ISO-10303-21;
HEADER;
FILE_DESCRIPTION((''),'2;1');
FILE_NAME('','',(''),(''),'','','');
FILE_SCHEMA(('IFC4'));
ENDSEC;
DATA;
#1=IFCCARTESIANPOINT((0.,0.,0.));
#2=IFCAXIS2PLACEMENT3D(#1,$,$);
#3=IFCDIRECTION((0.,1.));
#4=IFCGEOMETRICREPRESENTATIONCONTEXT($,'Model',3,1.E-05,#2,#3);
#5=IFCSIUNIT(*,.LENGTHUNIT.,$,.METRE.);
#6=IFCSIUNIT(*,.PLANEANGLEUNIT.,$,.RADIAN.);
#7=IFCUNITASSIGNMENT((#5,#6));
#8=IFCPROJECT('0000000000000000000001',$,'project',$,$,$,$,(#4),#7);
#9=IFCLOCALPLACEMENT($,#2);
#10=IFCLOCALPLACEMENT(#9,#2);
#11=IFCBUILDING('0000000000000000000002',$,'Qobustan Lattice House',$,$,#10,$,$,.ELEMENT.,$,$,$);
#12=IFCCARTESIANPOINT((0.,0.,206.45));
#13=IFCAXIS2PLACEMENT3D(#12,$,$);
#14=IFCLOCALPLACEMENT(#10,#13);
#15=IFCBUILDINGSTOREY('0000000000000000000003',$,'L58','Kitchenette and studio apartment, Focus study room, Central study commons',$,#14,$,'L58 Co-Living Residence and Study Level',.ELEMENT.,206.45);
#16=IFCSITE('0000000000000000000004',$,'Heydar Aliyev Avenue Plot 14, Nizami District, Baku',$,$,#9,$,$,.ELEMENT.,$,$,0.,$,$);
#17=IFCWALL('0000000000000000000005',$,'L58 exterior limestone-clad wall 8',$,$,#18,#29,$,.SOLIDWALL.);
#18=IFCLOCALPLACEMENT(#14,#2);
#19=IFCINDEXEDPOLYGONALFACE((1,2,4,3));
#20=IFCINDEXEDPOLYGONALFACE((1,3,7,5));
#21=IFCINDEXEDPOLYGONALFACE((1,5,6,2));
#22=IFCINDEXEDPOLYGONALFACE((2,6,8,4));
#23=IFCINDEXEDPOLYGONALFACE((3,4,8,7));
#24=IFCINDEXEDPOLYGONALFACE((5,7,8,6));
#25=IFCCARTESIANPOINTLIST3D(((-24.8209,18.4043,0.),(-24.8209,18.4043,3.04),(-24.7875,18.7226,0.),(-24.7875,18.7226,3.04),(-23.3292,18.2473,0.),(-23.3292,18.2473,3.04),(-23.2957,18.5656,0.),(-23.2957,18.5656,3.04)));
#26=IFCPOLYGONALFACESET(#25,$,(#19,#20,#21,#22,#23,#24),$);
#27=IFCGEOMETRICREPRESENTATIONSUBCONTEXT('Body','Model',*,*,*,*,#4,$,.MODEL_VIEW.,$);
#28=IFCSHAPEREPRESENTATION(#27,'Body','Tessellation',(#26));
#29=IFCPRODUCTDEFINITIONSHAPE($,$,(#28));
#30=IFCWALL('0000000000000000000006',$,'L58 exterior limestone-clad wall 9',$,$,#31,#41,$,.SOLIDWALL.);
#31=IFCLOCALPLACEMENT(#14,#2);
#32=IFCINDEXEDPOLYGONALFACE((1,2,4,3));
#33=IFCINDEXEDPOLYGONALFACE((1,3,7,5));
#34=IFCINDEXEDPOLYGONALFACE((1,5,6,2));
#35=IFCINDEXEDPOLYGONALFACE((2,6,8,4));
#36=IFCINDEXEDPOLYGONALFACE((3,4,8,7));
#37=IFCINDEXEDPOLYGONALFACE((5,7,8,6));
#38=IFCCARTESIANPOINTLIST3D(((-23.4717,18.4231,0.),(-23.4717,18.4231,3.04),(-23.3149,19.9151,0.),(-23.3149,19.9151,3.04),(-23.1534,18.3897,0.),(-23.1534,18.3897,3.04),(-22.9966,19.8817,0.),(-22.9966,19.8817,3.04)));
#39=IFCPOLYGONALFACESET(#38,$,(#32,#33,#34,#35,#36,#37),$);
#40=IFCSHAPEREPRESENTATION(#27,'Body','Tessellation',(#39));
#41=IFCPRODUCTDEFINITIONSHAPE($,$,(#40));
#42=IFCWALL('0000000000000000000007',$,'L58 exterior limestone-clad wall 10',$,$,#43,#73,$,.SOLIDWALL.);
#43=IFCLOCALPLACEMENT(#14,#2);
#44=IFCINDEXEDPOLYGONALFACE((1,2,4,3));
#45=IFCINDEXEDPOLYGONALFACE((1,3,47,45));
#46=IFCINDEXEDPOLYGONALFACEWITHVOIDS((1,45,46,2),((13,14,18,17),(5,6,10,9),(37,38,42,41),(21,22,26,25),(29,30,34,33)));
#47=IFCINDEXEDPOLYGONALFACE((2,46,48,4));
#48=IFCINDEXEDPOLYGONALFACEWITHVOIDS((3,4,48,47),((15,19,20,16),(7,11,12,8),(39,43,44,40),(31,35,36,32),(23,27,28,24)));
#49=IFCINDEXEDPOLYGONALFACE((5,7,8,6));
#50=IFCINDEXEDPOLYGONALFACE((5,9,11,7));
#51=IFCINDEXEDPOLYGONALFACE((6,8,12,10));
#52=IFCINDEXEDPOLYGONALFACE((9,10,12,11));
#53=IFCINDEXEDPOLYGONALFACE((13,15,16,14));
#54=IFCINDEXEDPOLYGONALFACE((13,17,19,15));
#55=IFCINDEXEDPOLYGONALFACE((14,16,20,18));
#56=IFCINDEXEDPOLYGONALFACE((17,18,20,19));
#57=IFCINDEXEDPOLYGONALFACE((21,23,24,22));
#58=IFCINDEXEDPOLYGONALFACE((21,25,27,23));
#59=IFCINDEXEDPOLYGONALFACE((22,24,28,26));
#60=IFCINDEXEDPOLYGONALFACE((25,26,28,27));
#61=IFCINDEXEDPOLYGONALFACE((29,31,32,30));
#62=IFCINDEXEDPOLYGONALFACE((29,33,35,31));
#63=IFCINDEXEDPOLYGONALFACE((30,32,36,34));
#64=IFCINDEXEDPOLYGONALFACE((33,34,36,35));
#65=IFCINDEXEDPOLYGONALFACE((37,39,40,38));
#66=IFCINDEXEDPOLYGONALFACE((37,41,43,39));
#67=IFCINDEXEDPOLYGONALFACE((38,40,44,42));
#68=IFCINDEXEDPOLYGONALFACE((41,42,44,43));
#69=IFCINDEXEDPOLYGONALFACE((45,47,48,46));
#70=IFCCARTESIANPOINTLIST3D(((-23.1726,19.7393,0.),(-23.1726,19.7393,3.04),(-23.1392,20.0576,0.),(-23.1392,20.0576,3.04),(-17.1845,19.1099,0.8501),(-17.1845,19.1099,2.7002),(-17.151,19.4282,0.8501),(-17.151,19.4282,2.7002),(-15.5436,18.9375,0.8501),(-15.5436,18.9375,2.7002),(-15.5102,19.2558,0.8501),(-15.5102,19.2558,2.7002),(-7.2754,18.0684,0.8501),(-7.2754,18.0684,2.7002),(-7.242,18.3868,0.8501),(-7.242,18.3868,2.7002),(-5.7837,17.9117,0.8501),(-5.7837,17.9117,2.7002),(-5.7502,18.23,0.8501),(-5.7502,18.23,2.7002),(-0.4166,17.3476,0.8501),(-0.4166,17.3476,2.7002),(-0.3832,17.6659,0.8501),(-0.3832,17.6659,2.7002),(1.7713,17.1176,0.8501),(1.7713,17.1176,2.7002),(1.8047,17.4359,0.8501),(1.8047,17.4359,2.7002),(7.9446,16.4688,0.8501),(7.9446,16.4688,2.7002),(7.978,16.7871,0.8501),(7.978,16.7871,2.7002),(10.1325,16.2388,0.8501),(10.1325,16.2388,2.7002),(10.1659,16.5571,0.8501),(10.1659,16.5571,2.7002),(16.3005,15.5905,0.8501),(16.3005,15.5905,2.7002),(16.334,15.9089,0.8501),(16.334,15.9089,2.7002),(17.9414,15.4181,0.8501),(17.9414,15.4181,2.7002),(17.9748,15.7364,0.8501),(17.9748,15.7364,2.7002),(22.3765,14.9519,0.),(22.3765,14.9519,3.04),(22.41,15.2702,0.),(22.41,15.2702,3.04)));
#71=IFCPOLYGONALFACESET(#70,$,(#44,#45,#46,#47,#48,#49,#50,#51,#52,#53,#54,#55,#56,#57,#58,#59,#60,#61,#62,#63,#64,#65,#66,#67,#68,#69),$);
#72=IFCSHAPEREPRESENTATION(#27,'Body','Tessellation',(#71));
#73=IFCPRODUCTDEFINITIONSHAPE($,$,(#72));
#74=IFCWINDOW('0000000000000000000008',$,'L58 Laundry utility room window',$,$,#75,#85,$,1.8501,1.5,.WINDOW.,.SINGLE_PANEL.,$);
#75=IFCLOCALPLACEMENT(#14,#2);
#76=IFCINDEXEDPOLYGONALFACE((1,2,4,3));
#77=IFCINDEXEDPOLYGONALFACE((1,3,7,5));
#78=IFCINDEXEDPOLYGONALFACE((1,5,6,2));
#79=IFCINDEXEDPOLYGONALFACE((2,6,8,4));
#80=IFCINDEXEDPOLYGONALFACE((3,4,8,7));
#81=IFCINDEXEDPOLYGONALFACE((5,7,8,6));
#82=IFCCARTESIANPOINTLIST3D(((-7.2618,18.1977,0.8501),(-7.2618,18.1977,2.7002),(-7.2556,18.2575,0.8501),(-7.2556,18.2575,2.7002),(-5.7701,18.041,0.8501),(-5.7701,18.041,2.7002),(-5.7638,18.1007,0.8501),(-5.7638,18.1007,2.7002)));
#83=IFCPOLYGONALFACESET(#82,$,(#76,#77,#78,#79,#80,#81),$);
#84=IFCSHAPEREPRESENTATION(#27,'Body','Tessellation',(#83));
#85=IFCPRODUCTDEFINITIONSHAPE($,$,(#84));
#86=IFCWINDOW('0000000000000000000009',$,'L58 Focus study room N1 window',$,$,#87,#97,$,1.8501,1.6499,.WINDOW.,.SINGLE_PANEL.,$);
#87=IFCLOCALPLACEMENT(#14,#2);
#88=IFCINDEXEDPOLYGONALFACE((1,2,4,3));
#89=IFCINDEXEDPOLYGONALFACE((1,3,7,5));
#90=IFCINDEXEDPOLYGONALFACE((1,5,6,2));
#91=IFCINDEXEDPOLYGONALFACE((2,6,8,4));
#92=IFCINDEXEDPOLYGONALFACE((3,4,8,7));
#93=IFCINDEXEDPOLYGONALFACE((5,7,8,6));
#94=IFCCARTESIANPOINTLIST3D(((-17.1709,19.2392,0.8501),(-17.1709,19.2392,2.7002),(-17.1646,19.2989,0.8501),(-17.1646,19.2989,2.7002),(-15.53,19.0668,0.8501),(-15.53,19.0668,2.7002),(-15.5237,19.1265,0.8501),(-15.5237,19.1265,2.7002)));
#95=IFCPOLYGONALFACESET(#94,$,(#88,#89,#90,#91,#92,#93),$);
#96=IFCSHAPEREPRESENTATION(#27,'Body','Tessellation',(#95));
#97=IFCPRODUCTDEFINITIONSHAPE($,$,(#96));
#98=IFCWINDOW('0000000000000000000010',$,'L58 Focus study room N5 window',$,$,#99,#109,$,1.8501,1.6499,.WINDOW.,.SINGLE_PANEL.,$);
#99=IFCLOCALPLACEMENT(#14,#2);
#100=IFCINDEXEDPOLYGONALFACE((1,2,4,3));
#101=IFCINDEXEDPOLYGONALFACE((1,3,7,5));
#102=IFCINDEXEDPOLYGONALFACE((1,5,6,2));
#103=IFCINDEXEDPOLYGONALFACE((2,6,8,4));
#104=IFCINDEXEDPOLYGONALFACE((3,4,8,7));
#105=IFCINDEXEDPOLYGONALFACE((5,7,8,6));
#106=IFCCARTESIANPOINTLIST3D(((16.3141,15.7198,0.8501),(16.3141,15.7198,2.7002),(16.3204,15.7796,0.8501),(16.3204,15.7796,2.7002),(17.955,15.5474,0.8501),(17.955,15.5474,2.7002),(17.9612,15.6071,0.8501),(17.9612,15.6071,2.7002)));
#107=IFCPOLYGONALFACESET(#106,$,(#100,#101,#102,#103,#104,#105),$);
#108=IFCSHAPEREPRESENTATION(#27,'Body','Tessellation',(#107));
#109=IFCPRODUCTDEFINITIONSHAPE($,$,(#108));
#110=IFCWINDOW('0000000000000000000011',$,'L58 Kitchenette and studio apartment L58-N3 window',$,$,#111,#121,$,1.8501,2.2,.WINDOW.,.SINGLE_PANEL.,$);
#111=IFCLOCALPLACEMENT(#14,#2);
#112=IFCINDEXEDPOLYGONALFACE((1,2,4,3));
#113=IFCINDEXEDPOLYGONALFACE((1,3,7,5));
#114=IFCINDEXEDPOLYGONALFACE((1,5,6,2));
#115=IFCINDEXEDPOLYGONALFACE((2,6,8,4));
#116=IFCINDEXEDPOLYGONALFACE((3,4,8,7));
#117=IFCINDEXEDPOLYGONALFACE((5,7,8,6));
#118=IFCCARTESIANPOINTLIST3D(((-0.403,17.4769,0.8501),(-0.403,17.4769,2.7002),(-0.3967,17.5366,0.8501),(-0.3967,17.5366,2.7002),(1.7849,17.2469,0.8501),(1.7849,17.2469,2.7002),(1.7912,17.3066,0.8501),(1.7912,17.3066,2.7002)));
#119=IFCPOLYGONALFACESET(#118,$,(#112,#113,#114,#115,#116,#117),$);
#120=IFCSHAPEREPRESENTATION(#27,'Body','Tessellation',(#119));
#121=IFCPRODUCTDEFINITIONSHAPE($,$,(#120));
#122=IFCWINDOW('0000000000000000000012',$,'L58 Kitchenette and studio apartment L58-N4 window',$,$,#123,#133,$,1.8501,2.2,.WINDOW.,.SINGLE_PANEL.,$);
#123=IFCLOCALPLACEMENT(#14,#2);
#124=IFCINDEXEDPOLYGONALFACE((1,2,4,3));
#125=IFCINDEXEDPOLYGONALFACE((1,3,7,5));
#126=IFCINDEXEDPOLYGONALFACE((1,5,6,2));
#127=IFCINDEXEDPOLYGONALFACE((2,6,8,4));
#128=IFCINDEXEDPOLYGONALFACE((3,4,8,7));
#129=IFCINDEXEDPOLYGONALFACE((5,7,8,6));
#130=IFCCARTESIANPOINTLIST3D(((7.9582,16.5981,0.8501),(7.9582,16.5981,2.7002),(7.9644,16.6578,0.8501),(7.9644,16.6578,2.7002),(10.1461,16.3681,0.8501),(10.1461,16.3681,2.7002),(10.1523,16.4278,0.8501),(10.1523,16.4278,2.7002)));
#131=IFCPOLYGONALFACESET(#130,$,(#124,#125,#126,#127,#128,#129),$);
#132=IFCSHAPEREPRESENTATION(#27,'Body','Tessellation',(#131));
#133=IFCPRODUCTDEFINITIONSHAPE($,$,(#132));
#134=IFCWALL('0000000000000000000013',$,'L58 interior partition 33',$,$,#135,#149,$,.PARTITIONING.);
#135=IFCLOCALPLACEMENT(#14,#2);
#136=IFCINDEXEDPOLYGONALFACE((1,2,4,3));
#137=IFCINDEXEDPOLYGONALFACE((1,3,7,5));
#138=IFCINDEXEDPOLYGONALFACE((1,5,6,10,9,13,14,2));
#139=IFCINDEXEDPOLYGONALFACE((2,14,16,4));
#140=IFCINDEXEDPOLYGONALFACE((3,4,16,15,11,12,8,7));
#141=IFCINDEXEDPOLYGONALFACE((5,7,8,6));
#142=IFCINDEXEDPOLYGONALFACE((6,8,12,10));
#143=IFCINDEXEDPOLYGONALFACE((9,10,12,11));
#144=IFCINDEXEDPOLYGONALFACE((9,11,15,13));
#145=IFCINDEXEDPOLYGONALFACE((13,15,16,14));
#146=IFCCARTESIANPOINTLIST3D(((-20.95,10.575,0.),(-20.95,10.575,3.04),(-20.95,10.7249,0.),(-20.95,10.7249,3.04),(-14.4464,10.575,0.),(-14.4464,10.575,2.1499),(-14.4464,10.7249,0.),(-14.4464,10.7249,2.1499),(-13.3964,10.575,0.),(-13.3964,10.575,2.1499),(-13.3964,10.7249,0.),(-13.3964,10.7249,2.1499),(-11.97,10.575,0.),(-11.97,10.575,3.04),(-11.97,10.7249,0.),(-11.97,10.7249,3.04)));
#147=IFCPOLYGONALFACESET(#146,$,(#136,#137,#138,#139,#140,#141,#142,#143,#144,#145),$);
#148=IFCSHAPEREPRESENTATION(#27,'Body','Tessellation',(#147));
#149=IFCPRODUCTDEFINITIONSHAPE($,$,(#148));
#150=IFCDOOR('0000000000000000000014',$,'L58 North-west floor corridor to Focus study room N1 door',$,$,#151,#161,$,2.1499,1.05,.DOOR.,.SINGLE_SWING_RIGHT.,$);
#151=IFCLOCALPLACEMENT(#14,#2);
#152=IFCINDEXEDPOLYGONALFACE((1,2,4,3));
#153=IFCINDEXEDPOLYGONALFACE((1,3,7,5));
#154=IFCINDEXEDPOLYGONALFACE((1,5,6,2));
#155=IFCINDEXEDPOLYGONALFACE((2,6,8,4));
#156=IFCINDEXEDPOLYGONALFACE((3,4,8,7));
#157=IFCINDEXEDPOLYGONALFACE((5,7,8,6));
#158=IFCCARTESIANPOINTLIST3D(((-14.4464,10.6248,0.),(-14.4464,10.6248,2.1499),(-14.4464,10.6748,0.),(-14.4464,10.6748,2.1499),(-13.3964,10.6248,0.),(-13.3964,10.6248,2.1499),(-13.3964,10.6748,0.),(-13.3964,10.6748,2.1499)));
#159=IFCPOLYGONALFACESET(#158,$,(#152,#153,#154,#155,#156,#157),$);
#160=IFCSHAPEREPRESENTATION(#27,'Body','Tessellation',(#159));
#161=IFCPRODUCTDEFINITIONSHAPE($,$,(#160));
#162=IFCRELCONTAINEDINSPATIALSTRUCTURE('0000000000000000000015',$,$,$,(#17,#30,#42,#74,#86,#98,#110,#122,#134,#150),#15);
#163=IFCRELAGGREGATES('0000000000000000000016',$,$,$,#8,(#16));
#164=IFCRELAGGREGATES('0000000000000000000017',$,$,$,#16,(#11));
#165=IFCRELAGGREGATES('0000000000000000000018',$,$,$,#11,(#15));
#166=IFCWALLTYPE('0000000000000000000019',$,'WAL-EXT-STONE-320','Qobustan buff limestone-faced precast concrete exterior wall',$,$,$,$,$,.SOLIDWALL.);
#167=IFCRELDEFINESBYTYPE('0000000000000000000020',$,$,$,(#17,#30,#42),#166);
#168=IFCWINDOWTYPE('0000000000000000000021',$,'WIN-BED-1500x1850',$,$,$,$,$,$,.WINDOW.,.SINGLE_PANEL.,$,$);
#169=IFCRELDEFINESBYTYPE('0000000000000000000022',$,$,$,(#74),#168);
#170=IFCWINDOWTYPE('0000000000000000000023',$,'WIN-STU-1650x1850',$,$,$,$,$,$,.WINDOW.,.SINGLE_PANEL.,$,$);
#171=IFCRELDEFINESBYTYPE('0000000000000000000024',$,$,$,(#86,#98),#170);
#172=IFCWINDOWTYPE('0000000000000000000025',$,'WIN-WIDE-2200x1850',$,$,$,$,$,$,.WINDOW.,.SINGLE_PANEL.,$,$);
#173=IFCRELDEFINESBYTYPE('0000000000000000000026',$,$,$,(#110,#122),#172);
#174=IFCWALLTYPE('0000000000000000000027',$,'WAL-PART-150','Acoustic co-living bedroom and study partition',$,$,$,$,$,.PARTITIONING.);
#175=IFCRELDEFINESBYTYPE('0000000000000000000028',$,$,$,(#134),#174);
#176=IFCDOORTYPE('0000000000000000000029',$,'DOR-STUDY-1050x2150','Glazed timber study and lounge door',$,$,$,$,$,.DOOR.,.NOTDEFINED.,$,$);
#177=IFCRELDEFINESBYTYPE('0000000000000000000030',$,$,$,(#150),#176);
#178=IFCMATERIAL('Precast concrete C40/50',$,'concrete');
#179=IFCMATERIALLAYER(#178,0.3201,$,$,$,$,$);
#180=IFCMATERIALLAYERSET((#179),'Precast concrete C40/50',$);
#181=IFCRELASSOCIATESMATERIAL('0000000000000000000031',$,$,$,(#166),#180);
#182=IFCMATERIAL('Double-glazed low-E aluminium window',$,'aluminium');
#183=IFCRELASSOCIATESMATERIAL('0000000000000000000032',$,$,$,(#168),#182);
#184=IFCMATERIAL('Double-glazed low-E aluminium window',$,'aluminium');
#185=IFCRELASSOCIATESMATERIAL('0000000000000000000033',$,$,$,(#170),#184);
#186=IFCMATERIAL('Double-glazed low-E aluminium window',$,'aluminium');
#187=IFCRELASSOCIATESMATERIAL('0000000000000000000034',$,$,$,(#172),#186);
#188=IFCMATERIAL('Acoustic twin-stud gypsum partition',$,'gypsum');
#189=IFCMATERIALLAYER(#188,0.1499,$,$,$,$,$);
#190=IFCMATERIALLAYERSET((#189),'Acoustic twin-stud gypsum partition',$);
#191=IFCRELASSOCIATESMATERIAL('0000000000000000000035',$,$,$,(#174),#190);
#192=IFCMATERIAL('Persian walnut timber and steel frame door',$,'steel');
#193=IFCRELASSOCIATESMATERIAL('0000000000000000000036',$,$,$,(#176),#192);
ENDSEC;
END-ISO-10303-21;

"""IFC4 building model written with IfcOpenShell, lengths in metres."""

from ifc_helpers import new_model, si_unit, direction, frame, frame_2d, origin, place, context, subcontext, project, spatial, rectangle, extrude, material, layer, layer_set, type_object, element, fill, save


model = new_model("IFC4")

# Units and contexts
model_context = context("Model", 3, precision=1e-05, world=origin(), true_north=direction((0.0, 1.0)))
body_context = subcontext(model_context, "Body", "Model", "MODEL_VIEW")
ifc_project = project(units=[si_unit("LENGTHUNIT", "METRE"), si_unit("PLANEANGLEUNIT", "RADIAN")], contexts=[model_context])

# Site, building, storey
site_placement = place(None, origin())
site = spatial("IfcSite", under=ifc_project, at=site_placement, Name="Heydar Aliyev Avenue Plot 14, Nizami District, Baku", CompositionType="ELEMENT", RefElevation=0.0)
building_placement = place(site_placement, origin())
building = spatial("IfcBuilding", under=site, at=building_placement, Name="Qobustan Lattice House", CompositionType="ELEMENT")
storey_placement = place(building_placement, frame((0.0, 0.0, 206.45)))
storey = spatial("IfcBuildingStorey", under=building, at=storey_placement, Name="L58", Description="Kitchenette and studio apartment, Focus study room, Central study commons", LongName="L58 Co-Living Residence and Study Level", CompositionType="ELEMENT", Elevation=206.45)

# Walls
ifc_material_1 = material(Name="Precast concrete C40/50", Category="concrete")
ifc_layer_1 = layer(ifc_material_1, 0.3201)
ifc_layer_set_1 = layer_set([ifc_layer_1], Name="Precast concrete C40/50")
wall_type_1 = type_object("IfcWallType", Name="WAL-EXT-STONE-320", Description="Qobustan buff limestone-faced precast concrete exterior wall", PredefinedType="SOLIDWALL", material=ifc_layer_set_1)
wall_1_placement = place(storey_placement, frame((-24.8042, 18.5635, 0.0), z_axis=(0.0, 0.0, 1.0), x_axis=(0.994508, -0.104659, 0.0)))
element("IfcWall", 1, at=wall_1_placement, inside=storey, type_object=wall_type_1, Name="L58 exterior limestone-clad wall 8", PredefinedType="SOLIDWALL", context=body_context, shape_type="SweptSolid", body=[
    extrude(rectangle(XDim=1.5, YDim=0.3201, at=frame_2d((0.75, 0.0))), origin(), (0.0, 0.0, 1.0), 3.04),
])
wall_2_placement = place(storey_placement, frame((-23.3125, 18.4065, 0.0), z_axis=(0.0, 0.0, 1.0), x_axis=(0.104481, 0.994527, 0.0)))
element("IfcWall", 2, at=wall_2_placement, inside=storey, type_object=wall_type_1, Name="L58 exterior limestone-clad wall 9", PredefinedType="SOLIDWALL", context=body_context, shape_type="SweptSolid", body=[
    extrude(rectangle(XDim=1.5002, YDim=0.3201, at=frame_2d((0.75, 0.0))), origin(), (0.0, 0.0, 1.0), 3.04),
])

# Wall, openings, windows
wall_3_placement = place(storey_placement, frame((-23.1558, 19.8984, 0.0), z_axis=(0.0, 0.0, 1.0), x_axis=(0.994522, -0.104527, 0.0)))
wall_3 = element("IfcWall", 3, at=wall_3_placement, inside=storey, type_object=wall_type_1, Name="L58 exterior limestone-clad wall 10", PredefinedType="SOLIDWALL", context=body_context, shape_type="SweptSolid", body=[
    extrude(rectangle(XDim=45.8, YDim=0.3201, at=frame_2d((22.8999, 0.0))), origin(), (0.0, 0.0, 1.0), 3.04),
])
opening_1_placement = place(wall_3_placement, frame((6.021, 0.0, 0.8501)))
opening_1 = element("IfcOpeningElement", 4, at=opening_1_placement, cuts=wall_3, PredefinedType="OPENING", context=body_context, shape_type="SweptSolid", body=[
    extrude(rectangle(XDim=1.6499, YDim=1.8501, at=frame_2d((0.825, 0.925))), frame((0.0, 0.1699, 0.0), z_axis=(0.0, -1.0, 0.0), x_axis=(1.0, 0.0, 0.0)), (0.0, 0.0, 1.0), 0.3401),
])
opening_2_placement = place(wall_3_placement, frame((15.9846, 0.0, 0.8501)))
opening_2 = element("IfcOpeningElement", 5, at=opening_2_placement, cuts=wall_3, PredefinedType="OPENING", context=body_context, shape_type="SweptSolid", body=[
    extrude(rectangle(XDim=1.5, YDim=1.8501, at=frame_2d((0.75, 0.925))), frame((0.0, 0.1699, 0.0), z_axis=(0.0, -1.0, 0.0), x_axis=(1.0, 0.0, 0.0)), (0.0, 0.0, 1.0), 0.3401),
])
opening_3_placement = place(wall_3_placement, frame((22.8811, 0.0, 0.8501)))
opening_3 = element("IfcOpeningElement", 6, at=opening_3_placement, cuts=wall_3, PredefinedType="OPENING", context=body_context, shape_type="SweptSolid", body=[
    extrude(rectangle(XDim=2.2, YDim=1.8501, at=frame_2d((1.1001, 0.925))), frame((0.0, 0.1699, 0.0), z_axis=(0.0, -1.0, 0.0), x_axis=(1.0, 0.0, 0.0)), (0.0, 0.0, 1.0), 0.3401),
])
opening_4_placement = place(wall_3_placement, frame((31.2883, 0.0, 0.8501)))
opening_4 = element("IfcOpeningElement", 7, at=opening_4_placement, cuts=wall_3, PredefinedType="OPENING", context=body_context, shape_type="SweptSolid", body=[
    extrude(rectangle(XDim=2.2, YDim=1.8501, at=frame_2d((1.1001, 0.925))), frame((0.0, 0.1699, 0.0), z_axis=(0.0, -1.0, 0.0), x_axis=(1.0, 0.0, 0.0)), (0.0, 0.0, 1.0), 0.3401),
])
opening_5_placement = place(wall_3_placement, frame((39.6904, 0.0, 0.8501)))
opening_5 = element("IfcOpeningElement", 8, at=opening_5_placement, cuts=wall_3, PredefinedType="OPENING", context=body_context, shape_type="SweptSolid", body=[
    extrude(rectangle(XDim=1.6499, YDim=1.8501, at=frame_2d((0.825, 0.925))), frame((0.0, 0.1699, 0.0), z_axis=(0.0, -1.0, 0.0), x_axis=(1.0, 0.0, 0.0)), (0.0, 0.0, 1.0), 0.3401),
])
ifc_material_2 = material(Name="Double-glazed low-E aluminium window", Category="aluminium")
window_type_1 = type_object("IfcWindowType", Name="WIN-BED-1500x1850", PartitioningType="SINGLE_PANEL", PredefinedType="WINDOW", material=ifc_material_2)
window_1_placement = place(opening_2_placement, origin())
window_1 = element("IfcWindow", 9, at=window_1_placement, inside=storey, type_object=window_type_1, Name="L58 Laundry utility room window", OverallHeight=1.8501, OverallWidth=1.5, PartitioningType="SINGLE_PANEL", PredefinedType="WINDOW", context=body_context, shape_type="SweptSolid", body=[
    extrude(rectangle(XDim=1.5, YDim=1.8501, at=frame_2d((0.75, 0.925))), frame((0.0, 0.03, 0.0), z_axis=(0.0, -1.0, 0.0), x_axis=(1.0, 0.0, 0.0)), (0.0, 0.0, 1.0), 0.0601),
])
fill(opening_2, window_1)
ifc_material_3 = material(Name="Double-glazed low-E aluminium window", Category="aluminium")
window_type_2 = type_object("IfcWindowType", Name="WIN-STU-1650x1850", PartitioningType="SINGLE_PANEL", PredefinedType="WINDOW", material=ifc_material_3)
window_2_placement = place(opening_1_placement, origin())
window_2 = element("IfcWindow", 10, at=window_2_placement, inside=storey, type_object=window_type_2, Name="L58 Focus study room N1 window", OverallHeight=1.8501, OverallWidth=1.6499, PartitioningType="SINGLE_PANEL", PredefinedType="WINDOW", context=body_context, shape_type="SweptSolid", body=[
    extrude(rectangle(XDim=1.6499, YDim=1.8501, at=frame_2d((0.825, 0.925))), frame((0.0, 0.03, 0.0), z_axis=(0.0, -1.0, 0.0), x_axis=(1.0, 0.0, 0.0)), (0.0, 0.0, 1.0), 0.0601),
])
fill(opening_1, window_2)
window_3_placement = place(opening_5_placement, origin())
window_3 = element("IfcWindow", 11, at=window_3_placement, inside=storey, type_object=window_type_2, Name="L58 Focus study room N5 window", OverallHeight=1.8501, OverallWidth=1.6499, PartitioningType="SINGLE_PANEL", PredefinedType="WINDOW", context=body_context, shape_type="SweptSolid", body=[
    extrude(rectangle(XDim=1.6499, YDim=1.8501, at=frame_2d((0.825, 0.925))), frame((0.0, 0.03, 0.0), z_axis=(0.0, -1.0, 0.0), x_axis=(1.0, 0.0, 0.0)), (0.0, 0.0, 1.0), 0.0601),
])
fill(opening_5, window_3)
ifc_material_4 = material(Name="Double-glazed low-E aluminium window", Category="aluminium")
window_type_3 = type_object("IfcWindowType", Name="WIN-WIDE-2200x1850", PartitioningType="SINGLE_PANEL", PredefinedType="WINDOW", material=ifc_material_4)
window_4_placement = place(opening_3_placement, origin())
window_4 = element("IfcWindow", 12, at=window_4_placement, inside=storey, type_object=window_type_3, Name="L58 Kitchenette and studio apartment L58-N3 window", OverallHeight=1.8501, OverallWidth=2.2, PartitioningType="SINGLE_PANEL", PredefinedType="WINDOW", context=body_context, shape_type="SweptSolid", body=[
    extrude(rectangle(XDim=2.2, YDim=1.8501, at=frame_2d((1.1001, 0.925))), frame((0.0, 0.03, 0.0), z_axis=(0.0, -1.0, 0.0), x_axis=(1.0, 0.0, 0.0)), (0.0, 0.0, 1.0), 0.0601),
])
fill(opening_3, window_4)
window_5_placement = place(opening_4_placement, origin())
window_5 = element("IfcWindow", 13, at=window_5_placement, inside=storey, type_object=window_type_3, Name="L58 Kitchenette and studio apartment L58-N4 window", OverallHeight=1.8501, OverallWidth=2.2, PartitioningType="SINGLE_PANEL", PredefinedType="WINDOW", context=body_context, shape_type="SweptSolid", body=[
    extrude(rectangle(XDim=2.2, YDim=1.8501, at=frame_2d((1.1001, 0.925))), frame((0.0, 0.03, 0.0), z_axis=(0.0, -1.0, 0.0), x_axis=(1.0, 0.0, 0.0)), (0.0, 0.0, 1.0), 0.0601),
])
fill(opening_4, window_5)

# Wall, opening, door
ifc_material_5 = material(Name="Acoustic twin-stud gypsum partition", Category="gypsum")
ifc_layer_2 = layer(ifc_material_5, 0.1499)
ifc_layer_set_2 = layer_set([ifc_layer_2], Name="Acoustic twin-stud gypsum partition")
wall_type_2 = type_object("IfcWallType", Name="WAL-PART-150", Description="Acoustic co-living bedroom and study partition", PredefinedType="PARTITIONING", material=ifc_layer_set_2)
wall_4_placement = place(storey_placement, frame((-20.95, 10.6499, 0.0), z_axis=(0.0, 0.0, 1.0), x_axis=(1.0, 0.0, 0.0)))
wall_4 = element("IfcWall", 14, at=wall_4_placement, inside=storey, type_object=wall_type_2, Name="L58 interior partition 33", PredefinedType="PARTITIONING", context=body_context, shape_type="SweptSolid", body=[
    extrude(rectangle(XDim=8.98, YDim=0.1499, at=frame_2d((4.49, 0.0))), origin(), (0.0, 0.0, 1.0), 3.04),
])
opening_6_placement = place(wall_4_placement, frame((6.5037, 0.0, 0.0)))
opening_6 = element("IfcOpeningElement", 15, at=opening_6_placement, cuts=wall_4, PredefinedType="OPENING", context=body_context, shape_type="SweptSolid", body=[
    extrude(rectangle(XDim=1.05, YDim=2.1499, at=frame_2d((0.5249, 1.075))), frame((0.0, 0.085, 0.0), z_axis=(0.0, -1.0, 0.0), x_axis=(1.0, 0.0, 0.0)), (0.0, 0.0, 1.0), 0.1699),
])
ifc_material_6 = material(Name="Persian walnut timber and steel frame door", Category="steel")
door_type = type_object("IfcDoorType", Name="DOR-STUDY-1050x2150", Description="Glazed timber study and lounge door", OperationType="NOTDEFINED", PredefinedType="DOOR", material=ifc_material_6)
door_placement = place(opening_6_placement, origin())
door = element("IfcDoor", 16, at=door_placement, inside=storey, type_object=door_type, Name="L58 North-west floor corridor to Focus study room N1 door", OperationType="SINGLE_SWING_RIGHT", OverallHeight=2.1499, OverallWidth=1.05, PredefinedType="DOOR", context=body_context, shape_type="SweptSolid", body=[
    extrude(rectangle(XDim=1.05, YDim=2.1499, at=frame_2d((0.5249, 1.075))), frame((0.0, 0.0249, 0.0), z_axis=(0.0, -1.0, 0.0), x_axis=(1.0, 0.0, 0.0)), (0.0, 0.0, 1.0), 0.05),
])
fill(opening_6, door)

save(model, "model.ifc")
